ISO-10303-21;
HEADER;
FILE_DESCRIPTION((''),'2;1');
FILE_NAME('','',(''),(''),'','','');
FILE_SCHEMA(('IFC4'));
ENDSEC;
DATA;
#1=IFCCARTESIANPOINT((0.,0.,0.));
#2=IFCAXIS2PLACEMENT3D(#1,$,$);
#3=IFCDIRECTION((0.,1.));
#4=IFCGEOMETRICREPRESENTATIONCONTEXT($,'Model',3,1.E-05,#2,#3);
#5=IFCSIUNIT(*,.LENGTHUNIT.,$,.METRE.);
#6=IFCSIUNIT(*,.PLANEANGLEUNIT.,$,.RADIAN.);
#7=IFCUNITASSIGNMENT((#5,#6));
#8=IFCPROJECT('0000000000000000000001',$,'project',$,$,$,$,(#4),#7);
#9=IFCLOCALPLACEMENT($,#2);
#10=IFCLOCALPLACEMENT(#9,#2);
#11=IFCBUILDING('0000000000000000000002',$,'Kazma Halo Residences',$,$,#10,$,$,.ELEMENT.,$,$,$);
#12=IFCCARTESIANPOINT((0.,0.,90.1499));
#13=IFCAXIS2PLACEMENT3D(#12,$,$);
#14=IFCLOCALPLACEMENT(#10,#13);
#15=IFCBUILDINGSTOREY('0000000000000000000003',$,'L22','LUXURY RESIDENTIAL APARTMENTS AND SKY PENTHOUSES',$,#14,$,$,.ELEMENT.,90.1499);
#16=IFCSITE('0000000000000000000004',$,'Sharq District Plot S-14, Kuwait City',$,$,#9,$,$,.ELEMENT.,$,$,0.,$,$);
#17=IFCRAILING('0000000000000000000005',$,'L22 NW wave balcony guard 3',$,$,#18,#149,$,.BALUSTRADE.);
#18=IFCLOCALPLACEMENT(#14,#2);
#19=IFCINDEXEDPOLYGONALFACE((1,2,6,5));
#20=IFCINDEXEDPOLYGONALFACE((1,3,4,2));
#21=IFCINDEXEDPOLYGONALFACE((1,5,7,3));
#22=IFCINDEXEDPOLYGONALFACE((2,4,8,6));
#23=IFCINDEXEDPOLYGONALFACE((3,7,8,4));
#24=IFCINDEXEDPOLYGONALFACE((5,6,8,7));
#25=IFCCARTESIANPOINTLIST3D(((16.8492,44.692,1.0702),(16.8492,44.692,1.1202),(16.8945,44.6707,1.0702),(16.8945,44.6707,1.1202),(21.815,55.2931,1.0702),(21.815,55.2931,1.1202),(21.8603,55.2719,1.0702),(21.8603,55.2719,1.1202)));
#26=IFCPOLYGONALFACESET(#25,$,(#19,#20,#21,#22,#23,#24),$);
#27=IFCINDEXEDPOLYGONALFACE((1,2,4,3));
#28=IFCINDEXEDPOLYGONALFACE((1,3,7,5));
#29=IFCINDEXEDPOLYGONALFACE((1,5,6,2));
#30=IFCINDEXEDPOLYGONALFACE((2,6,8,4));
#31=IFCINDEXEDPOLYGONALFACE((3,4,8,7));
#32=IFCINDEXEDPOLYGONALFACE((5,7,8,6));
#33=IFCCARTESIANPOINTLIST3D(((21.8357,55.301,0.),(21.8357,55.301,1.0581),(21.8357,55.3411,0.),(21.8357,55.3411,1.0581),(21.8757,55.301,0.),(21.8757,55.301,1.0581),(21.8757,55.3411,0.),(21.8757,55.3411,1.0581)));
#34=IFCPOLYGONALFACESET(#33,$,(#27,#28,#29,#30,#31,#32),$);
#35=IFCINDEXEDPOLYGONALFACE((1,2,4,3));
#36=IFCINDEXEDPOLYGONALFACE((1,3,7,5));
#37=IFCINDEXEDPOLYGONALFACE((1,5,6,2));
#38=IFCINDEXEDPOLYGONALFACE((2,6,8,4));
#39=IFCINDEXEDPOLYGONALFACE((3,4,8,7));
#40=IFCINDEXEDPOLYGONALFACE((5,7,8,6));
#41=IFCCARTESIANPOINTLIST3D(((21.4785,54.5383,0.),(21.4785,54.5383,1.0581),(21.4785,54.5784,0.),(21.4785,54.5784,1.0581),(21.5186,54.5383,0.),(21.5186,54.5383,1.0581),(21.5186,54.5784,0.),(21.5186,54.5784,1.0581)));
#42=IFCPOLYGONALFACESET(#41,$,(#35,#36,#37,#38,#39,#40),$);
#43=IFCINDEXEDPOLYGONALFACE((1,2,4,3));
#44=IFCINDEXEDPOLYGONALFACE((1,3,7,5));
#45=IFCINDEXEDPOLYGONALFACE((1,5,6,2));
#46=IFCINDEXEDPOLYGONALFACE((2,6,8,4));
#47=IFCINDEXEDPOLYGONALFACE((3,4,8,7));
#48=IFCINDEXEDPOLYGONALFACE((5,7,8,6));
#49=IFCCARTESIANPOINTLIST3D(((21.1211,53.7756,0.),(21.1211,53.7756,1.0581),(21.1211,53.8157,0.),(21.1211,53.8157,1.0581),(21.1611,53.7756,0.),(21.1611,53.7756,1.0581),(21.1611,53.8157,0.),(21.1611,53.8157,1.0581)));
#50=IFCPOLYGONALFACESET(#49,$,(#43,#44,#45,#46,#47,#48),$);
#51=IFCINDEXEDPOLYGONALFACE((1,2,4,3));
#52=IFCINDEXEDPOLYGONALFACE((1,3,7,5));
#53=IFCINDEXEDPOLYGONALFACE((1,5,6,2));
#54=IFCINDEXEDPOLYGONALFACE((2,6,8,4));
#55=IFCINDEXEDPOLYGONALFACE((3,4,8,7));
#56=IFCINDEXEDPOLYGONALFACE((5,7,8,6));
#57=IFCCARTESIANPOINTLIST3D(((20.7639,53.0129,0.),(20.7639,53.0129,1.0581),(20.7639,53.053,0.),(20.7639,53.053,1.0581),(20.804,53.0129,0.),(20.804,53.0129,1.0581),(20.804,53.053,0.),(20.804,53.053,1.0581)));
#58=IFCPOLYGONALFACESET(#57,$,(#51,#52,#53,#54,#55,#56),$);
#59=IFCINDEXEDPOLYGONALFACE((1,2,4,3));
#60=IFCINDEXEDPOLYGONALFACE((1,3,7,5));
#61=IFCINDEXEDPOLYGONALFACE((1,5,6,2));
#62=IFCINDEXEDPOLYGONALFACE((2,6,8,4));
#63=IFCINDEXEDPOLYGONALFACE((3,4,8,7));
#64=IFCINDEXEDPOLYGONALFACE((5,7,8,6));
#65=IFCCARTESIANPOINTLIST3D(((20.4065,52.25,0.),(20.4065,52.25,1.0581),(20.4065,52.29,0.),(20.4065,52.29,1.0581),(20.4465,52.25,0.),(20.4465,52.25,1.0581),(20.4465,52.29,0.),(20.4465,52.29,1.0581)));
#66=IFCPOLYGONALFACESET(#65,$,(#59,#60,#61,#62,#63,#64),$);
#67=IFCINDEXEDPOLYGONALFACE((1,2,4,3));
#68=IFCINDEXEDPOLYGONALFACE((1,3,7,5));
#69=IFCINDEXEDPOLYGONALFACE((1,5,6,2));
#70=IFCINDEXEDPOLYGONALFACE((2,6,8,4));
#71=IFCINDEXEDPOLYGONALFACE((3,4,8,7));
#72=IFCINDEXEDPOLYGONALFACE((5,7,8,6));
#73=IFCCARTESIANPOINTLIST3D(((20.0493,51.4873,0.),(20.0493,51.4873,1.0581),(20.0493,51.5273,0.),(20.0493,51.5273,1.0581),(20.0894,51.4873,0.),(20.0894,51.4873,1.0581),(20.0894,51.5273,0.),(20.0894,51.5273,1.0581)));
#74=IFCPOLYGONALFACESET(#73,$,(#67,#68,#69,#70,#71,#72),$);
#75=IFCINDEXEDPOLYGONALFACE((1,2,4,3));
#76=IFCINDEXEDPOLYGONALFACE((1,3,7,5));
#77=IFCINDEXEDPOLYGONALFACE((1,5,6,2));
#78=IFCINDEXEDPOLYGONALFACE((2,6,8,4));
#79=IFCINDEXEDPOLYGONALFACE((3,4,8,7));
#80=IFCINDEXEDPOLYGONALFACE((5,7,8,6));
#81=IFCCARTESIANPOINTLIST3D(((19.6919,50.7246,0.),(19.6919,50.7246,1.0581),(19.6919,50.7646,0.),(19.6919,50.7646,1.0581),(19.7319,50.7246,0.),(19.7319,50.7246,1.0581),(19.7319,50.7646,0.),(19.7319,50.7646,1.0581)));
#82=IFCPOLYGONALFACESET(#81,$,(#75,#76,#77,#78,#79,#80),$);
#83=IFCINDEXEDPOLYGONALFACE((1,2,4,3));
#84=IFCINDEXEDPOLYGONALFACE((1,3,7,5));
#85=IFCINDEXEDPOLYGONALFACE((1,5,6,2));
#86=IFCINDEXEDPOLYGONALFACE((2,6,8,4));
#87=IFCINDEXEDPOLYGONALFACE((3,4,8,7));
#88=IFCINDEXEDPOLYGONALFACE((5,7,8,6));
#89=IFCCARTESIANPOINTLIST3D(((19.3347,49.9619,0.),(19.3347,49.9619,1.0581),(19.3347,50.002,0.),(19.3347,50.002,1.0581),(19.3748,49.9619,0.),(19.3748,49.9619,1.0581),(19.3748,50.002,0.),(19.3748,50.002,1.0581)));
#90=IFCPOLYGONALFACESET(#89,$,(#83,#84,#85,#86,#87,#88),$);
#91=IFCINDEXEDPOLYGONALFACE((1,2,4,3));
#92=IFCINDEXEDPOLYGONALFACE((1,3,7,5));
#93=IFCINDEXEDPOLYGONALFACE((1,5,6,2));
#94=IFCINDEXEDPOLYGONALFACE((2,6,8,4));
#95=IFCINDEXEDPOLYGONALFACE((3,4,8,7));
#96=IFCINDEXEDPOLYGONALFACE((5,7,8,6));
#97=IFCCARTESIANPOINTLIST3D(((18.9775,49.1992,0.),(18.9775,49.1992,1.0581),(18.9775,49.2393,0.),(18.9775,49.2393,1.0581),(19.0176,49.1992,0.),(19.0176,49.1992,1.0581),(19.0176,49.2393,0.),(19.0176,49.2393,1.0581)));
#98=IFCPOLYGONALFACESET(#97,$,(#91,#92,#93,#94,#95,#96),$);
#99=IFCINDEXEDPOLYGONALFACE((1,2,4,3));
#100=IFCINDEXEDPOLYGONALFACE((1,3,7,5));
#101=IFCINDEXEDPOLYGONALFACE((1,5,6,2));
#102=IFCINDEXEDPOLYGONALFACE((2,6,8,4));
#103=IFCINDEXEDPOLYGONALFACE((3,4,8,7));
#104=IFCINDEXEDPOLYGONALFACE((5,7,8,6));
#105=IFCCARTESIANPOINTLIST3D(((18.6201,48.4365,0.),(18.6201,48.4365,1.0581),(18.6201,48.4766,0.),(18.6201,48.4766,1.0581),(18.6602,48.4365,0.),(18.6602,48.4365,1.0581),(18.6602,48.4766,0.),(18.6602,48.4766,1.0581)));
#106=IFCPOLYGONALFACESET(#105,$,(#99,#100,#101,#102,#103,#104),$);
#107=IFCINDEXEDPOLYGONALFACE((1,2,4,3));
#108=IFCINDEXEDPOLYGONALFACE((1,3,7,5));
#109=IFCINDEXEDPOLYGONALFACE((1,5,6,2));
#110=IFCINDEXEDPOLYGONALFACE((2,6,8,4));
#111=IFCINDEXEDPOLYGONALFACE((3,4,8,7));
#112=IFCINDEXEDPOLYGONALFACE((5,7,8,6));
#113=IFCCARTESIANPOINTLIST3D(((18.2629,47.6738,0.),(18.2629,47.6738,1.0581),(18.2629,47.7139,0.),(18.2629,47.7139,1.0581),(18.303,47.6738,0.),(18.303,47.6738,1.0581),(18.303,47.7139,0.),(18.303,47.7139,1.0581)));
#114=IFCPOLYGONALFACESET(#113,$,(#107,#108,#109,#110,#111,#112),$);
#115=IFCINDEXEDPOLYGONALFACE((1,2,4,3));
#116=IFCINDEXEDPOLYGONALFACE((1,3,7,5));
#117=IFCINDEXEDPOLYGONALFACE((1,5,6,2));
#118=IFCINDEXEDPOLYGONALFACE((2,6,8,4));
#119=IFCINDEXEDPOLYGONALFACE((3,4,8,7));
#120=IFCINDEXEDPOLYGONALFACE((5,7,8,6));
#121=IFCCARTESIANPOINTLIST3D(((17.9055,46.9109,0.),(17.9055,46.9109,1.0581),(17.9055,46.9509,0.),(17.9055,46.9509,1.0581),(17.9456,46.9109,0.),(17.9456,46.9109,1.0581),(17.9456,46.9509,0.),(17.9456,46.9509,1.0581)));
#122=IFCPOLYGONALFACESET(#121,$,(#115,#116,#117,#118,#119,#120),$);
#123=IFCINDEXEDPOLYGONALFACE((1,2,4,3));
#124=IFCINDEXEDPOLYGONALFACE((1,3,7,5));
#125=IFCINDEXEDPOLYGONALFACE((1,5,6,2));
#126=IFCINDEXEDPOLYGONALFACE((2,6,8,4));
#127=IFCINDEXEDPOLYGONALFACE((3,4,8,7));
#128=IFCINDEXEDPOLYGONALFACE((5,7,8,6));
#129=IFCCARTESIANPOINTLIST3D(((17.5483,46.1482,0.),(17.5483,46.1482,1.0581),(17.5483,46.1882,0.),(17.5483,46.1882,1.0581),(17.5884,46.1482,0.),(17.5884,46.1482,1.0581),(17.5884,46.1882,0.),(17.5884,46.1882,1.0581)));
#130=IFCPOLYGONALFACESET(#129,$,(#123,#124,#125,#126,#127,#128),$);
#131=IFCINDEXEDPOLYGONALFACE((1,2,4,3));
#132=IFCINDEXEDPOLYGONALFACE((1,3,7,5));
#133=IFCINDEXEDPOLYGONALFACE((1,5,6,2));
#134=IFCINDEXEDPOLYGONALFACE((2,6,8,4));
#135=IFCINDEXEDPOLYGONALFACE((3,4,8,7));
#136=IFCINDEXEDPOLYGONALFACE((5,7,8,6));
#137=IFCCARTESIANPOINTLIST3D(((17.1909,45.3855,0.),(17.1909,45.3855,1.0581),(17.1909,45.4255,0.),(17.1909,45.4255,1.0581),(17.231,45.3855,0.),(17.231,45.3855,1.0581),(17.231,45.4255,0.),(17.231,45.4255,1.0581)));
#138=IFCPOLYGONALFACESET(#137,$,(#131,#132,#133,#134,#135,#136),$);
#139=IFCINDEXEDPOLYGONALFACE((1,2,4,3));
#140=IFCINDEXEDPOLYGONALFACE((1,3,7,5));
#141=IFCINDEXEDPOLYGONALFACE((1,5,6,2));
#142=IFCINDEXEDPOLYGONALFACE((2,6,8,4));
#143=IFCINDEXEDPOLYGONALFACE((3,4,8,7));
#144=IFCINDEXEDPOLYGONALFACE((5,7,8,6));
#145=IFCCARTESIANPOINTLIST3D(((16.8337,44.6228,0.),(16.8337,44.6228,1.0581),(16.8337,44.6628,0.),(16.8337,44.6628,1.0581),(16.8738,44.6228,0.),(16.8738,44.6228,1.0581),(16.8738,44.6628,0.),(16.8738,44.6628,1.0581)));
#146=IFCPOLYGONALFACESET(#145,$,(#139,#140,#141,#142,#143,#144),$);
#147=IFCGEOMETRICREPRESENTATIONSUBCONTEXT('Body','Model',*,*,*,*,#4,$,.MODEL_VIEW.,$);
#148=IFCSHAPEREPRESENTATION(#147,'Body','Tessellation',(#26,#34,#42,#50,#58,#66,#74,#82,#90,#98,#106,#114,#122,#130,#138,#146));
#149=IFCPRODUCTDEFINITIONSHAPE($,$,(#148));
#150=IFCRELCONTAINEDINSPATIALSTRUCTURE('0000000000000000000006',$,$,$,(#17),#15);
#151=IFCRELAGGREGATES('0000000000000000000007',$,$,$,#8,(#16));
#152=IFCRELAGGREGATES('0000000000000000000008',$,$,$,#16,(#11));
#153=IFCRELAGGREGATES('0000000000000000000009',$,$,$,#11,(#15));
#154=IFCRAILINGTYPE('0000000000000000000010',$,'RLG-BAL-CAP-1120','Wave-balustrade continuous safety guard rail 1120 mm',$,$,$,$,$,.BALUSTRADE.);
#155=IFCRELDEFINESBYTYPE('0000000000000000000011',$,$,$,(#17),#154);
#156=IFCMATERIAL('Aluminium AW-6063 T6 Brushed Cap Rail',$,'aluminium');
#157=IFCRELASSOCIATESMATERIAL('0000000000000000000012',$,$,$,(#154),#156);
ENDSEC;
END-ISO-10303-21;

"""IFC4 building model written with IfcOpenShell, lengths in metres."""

from ifc_helpers import new_model, si_unit, direction, frame, origin, origin_2d, place, context, subcontext, project, spatial, rectangle, extrude, material, type_object, element, save


model = new_model("IFC4")

# Units and contexts
model_context = context("Model", 3, precision=1e-05, world=origin(), true_north=direction((0.0, 1.0)))
body_context = subcontext(model_context, "Body", "Model", "MODEL_VIEW")
ifc_project = project(units=[si_unit("LENGTHUNIT", "METRE"), si_unit("PLANEANGLEUNIT", "RADIAN")], contexts=[model_context])

# Site, building, storey
site_placement = place(None, origin())
site = spatial("IfcSite", under=ifc_project, at=site_placement, Name="Sharq District Plot S-14, Kuwait City", CompositionType="ELEMENT", RefElevation=0.0)
building_placement = place(site_placement, origin())
building = spatial("IfcBuilding", under=site, at=building_placement, Name="Kazma Halo Residences", CompositionType="ELEMENT")
storey_placement = place(building_placement, frame((0.0, 0.0, 90.1499)))
storey = spatial("IfcBuildingStorey", under=building, at=storey_placement, Name="L22", Description="LUXURY RESIDENTIAL APARTMENTS AND SKY PENTHOUSES", CompositionType="ELEMENT", Elevation=90.1499)

# Railing
ifc_material_1 = material(Name="Aluminium AW-6063 T6 Brushed Cap Rail", Category="aluminium")
railing_type = type_object("IfcRailingType", Name="RLG-BAL-CAP-1120", Description="Wave-balustrade continuous safety guard rail 1120 mm", PredefinedType="BALUSTRADE", material=ifc_material_1)
railing_1_placement = place(storey_placement, frame((21.8557, 55.321, 0.0)))
element("IfcRailing", 1, at=railing_1_placement, inside=storey, type_object=railing_type, Name="L22 NW wave balcony guard 3", PredefinedType="BALUSTRADE", context=body_context, shape_type="SweptSolid", body=[
    extrude(rectangle(XDim=0.05, YDim=0.05, at=origin_2d()), frame((-0.0181, -0.0386, 1.0952), z_axis=(-0.424193, -0.905572, 0.0), x_axis=(0.905572, -0.424193, 0.0)), (0.0, 0.0, 1.0), 11.7065),
    extrude(rectangle(XDim=0.04, YDim=0.04, at=origin_2d()), origin(), (0.0, 0.0, 1.0), 1.0581),
    extrude(rectangle(XDim=0.04, YDim=0.04, at=origin_2d()), frame((-0.3572, -0.7627, 0.0)), (0.0, 0.0, 1.0), 1.0581),
    extrude(rectangle(XDim=0.04, YDim=0.04, at=origin_2d()), frame((-0.7146, -1.5254, 0.0)), (0.0, 0.0, 1.0), 1.0581),
    extrude(rectangle(XDim=0.04, YDim=0.04, at=origin_2d()), frame((-1.0718, -2.2881, 0.0)), (0.0, 0.0, 1.0), 1.0581),
    extrude(rectangle(XDim=0.04, YDim=0.04, at=origin_2d()), frame((-1.4292, -3.051, 0.0)), (0.0, 0.0, 1.0), 1.0581),
    extrude(rectangle(XDim=0.04, YDim=0.04, at=origin_2d()), frame((-1.7864, -3.8137, 0.0)), (0.0, 0.0, 1.0), 1.0581),
    extrude(rectangle(XDim=0.04, YDim=0.04, at=origin_2d()), frame((-2.1438, -4.5764, 0.0)), (0.0, 0.0, 1.0), 1.0581),
    extrude(rectangle(XDim=0.04, YDim=0.04, at=origin_2d()), frame((-2.501, -5.3391, 0.0)), (0.0, 0.0, 1.0), 1.0581),
    extrude(rectangle(XDim=0.04, YDim=0.04, at=origin_2d()), frame((-2.8582, -6.1018, 0.0)), (0.0, 0.0, 1.0), 1.0581),
    extrude(rectangle(XDim=0.04, YDim=0.04, at=origin_2d()), frame((-3.2156, -6.8645, 0.0)), (0.0, 0.0, 1.0), 1.0581),
    extrude(rectangle(XDim=0.04, YDim=0.04, at=origin_2d()), frame((-3.5728, -7.6272, 0.0)), (0.0, 0.0, 1.0), 1.0581),
    extrude(rectangle(XDim=0.04, YDim=0.04, at=origin_2d()), frame((-3.9302, -8.3901, 0.0)), (0.0, 0.0, 1.0), 1.0581),
    extrude(rectangle(XDim=0.04, YDim=0.04, at=origin_2d()), frame((-4.2874, -9.1528, 0.0)), (0.0, 0.0, 1.0), 1.0581),
    extrude(rectangle(XDim=0.04, YDim=0.04, at=origin_2d()), frame((-4.6448, -9.9155, 0.0)), (0.0, 0.0, 1.0), 1.0581),
    extrude(rectangle(XDim=0.04, YDim=0.04, at=origin_2d()), frame((-5.002, -10.6782, 0.0)), (0.0, 0.0, 1.0), 1.0581),
])

save(model, "model.ifc")
